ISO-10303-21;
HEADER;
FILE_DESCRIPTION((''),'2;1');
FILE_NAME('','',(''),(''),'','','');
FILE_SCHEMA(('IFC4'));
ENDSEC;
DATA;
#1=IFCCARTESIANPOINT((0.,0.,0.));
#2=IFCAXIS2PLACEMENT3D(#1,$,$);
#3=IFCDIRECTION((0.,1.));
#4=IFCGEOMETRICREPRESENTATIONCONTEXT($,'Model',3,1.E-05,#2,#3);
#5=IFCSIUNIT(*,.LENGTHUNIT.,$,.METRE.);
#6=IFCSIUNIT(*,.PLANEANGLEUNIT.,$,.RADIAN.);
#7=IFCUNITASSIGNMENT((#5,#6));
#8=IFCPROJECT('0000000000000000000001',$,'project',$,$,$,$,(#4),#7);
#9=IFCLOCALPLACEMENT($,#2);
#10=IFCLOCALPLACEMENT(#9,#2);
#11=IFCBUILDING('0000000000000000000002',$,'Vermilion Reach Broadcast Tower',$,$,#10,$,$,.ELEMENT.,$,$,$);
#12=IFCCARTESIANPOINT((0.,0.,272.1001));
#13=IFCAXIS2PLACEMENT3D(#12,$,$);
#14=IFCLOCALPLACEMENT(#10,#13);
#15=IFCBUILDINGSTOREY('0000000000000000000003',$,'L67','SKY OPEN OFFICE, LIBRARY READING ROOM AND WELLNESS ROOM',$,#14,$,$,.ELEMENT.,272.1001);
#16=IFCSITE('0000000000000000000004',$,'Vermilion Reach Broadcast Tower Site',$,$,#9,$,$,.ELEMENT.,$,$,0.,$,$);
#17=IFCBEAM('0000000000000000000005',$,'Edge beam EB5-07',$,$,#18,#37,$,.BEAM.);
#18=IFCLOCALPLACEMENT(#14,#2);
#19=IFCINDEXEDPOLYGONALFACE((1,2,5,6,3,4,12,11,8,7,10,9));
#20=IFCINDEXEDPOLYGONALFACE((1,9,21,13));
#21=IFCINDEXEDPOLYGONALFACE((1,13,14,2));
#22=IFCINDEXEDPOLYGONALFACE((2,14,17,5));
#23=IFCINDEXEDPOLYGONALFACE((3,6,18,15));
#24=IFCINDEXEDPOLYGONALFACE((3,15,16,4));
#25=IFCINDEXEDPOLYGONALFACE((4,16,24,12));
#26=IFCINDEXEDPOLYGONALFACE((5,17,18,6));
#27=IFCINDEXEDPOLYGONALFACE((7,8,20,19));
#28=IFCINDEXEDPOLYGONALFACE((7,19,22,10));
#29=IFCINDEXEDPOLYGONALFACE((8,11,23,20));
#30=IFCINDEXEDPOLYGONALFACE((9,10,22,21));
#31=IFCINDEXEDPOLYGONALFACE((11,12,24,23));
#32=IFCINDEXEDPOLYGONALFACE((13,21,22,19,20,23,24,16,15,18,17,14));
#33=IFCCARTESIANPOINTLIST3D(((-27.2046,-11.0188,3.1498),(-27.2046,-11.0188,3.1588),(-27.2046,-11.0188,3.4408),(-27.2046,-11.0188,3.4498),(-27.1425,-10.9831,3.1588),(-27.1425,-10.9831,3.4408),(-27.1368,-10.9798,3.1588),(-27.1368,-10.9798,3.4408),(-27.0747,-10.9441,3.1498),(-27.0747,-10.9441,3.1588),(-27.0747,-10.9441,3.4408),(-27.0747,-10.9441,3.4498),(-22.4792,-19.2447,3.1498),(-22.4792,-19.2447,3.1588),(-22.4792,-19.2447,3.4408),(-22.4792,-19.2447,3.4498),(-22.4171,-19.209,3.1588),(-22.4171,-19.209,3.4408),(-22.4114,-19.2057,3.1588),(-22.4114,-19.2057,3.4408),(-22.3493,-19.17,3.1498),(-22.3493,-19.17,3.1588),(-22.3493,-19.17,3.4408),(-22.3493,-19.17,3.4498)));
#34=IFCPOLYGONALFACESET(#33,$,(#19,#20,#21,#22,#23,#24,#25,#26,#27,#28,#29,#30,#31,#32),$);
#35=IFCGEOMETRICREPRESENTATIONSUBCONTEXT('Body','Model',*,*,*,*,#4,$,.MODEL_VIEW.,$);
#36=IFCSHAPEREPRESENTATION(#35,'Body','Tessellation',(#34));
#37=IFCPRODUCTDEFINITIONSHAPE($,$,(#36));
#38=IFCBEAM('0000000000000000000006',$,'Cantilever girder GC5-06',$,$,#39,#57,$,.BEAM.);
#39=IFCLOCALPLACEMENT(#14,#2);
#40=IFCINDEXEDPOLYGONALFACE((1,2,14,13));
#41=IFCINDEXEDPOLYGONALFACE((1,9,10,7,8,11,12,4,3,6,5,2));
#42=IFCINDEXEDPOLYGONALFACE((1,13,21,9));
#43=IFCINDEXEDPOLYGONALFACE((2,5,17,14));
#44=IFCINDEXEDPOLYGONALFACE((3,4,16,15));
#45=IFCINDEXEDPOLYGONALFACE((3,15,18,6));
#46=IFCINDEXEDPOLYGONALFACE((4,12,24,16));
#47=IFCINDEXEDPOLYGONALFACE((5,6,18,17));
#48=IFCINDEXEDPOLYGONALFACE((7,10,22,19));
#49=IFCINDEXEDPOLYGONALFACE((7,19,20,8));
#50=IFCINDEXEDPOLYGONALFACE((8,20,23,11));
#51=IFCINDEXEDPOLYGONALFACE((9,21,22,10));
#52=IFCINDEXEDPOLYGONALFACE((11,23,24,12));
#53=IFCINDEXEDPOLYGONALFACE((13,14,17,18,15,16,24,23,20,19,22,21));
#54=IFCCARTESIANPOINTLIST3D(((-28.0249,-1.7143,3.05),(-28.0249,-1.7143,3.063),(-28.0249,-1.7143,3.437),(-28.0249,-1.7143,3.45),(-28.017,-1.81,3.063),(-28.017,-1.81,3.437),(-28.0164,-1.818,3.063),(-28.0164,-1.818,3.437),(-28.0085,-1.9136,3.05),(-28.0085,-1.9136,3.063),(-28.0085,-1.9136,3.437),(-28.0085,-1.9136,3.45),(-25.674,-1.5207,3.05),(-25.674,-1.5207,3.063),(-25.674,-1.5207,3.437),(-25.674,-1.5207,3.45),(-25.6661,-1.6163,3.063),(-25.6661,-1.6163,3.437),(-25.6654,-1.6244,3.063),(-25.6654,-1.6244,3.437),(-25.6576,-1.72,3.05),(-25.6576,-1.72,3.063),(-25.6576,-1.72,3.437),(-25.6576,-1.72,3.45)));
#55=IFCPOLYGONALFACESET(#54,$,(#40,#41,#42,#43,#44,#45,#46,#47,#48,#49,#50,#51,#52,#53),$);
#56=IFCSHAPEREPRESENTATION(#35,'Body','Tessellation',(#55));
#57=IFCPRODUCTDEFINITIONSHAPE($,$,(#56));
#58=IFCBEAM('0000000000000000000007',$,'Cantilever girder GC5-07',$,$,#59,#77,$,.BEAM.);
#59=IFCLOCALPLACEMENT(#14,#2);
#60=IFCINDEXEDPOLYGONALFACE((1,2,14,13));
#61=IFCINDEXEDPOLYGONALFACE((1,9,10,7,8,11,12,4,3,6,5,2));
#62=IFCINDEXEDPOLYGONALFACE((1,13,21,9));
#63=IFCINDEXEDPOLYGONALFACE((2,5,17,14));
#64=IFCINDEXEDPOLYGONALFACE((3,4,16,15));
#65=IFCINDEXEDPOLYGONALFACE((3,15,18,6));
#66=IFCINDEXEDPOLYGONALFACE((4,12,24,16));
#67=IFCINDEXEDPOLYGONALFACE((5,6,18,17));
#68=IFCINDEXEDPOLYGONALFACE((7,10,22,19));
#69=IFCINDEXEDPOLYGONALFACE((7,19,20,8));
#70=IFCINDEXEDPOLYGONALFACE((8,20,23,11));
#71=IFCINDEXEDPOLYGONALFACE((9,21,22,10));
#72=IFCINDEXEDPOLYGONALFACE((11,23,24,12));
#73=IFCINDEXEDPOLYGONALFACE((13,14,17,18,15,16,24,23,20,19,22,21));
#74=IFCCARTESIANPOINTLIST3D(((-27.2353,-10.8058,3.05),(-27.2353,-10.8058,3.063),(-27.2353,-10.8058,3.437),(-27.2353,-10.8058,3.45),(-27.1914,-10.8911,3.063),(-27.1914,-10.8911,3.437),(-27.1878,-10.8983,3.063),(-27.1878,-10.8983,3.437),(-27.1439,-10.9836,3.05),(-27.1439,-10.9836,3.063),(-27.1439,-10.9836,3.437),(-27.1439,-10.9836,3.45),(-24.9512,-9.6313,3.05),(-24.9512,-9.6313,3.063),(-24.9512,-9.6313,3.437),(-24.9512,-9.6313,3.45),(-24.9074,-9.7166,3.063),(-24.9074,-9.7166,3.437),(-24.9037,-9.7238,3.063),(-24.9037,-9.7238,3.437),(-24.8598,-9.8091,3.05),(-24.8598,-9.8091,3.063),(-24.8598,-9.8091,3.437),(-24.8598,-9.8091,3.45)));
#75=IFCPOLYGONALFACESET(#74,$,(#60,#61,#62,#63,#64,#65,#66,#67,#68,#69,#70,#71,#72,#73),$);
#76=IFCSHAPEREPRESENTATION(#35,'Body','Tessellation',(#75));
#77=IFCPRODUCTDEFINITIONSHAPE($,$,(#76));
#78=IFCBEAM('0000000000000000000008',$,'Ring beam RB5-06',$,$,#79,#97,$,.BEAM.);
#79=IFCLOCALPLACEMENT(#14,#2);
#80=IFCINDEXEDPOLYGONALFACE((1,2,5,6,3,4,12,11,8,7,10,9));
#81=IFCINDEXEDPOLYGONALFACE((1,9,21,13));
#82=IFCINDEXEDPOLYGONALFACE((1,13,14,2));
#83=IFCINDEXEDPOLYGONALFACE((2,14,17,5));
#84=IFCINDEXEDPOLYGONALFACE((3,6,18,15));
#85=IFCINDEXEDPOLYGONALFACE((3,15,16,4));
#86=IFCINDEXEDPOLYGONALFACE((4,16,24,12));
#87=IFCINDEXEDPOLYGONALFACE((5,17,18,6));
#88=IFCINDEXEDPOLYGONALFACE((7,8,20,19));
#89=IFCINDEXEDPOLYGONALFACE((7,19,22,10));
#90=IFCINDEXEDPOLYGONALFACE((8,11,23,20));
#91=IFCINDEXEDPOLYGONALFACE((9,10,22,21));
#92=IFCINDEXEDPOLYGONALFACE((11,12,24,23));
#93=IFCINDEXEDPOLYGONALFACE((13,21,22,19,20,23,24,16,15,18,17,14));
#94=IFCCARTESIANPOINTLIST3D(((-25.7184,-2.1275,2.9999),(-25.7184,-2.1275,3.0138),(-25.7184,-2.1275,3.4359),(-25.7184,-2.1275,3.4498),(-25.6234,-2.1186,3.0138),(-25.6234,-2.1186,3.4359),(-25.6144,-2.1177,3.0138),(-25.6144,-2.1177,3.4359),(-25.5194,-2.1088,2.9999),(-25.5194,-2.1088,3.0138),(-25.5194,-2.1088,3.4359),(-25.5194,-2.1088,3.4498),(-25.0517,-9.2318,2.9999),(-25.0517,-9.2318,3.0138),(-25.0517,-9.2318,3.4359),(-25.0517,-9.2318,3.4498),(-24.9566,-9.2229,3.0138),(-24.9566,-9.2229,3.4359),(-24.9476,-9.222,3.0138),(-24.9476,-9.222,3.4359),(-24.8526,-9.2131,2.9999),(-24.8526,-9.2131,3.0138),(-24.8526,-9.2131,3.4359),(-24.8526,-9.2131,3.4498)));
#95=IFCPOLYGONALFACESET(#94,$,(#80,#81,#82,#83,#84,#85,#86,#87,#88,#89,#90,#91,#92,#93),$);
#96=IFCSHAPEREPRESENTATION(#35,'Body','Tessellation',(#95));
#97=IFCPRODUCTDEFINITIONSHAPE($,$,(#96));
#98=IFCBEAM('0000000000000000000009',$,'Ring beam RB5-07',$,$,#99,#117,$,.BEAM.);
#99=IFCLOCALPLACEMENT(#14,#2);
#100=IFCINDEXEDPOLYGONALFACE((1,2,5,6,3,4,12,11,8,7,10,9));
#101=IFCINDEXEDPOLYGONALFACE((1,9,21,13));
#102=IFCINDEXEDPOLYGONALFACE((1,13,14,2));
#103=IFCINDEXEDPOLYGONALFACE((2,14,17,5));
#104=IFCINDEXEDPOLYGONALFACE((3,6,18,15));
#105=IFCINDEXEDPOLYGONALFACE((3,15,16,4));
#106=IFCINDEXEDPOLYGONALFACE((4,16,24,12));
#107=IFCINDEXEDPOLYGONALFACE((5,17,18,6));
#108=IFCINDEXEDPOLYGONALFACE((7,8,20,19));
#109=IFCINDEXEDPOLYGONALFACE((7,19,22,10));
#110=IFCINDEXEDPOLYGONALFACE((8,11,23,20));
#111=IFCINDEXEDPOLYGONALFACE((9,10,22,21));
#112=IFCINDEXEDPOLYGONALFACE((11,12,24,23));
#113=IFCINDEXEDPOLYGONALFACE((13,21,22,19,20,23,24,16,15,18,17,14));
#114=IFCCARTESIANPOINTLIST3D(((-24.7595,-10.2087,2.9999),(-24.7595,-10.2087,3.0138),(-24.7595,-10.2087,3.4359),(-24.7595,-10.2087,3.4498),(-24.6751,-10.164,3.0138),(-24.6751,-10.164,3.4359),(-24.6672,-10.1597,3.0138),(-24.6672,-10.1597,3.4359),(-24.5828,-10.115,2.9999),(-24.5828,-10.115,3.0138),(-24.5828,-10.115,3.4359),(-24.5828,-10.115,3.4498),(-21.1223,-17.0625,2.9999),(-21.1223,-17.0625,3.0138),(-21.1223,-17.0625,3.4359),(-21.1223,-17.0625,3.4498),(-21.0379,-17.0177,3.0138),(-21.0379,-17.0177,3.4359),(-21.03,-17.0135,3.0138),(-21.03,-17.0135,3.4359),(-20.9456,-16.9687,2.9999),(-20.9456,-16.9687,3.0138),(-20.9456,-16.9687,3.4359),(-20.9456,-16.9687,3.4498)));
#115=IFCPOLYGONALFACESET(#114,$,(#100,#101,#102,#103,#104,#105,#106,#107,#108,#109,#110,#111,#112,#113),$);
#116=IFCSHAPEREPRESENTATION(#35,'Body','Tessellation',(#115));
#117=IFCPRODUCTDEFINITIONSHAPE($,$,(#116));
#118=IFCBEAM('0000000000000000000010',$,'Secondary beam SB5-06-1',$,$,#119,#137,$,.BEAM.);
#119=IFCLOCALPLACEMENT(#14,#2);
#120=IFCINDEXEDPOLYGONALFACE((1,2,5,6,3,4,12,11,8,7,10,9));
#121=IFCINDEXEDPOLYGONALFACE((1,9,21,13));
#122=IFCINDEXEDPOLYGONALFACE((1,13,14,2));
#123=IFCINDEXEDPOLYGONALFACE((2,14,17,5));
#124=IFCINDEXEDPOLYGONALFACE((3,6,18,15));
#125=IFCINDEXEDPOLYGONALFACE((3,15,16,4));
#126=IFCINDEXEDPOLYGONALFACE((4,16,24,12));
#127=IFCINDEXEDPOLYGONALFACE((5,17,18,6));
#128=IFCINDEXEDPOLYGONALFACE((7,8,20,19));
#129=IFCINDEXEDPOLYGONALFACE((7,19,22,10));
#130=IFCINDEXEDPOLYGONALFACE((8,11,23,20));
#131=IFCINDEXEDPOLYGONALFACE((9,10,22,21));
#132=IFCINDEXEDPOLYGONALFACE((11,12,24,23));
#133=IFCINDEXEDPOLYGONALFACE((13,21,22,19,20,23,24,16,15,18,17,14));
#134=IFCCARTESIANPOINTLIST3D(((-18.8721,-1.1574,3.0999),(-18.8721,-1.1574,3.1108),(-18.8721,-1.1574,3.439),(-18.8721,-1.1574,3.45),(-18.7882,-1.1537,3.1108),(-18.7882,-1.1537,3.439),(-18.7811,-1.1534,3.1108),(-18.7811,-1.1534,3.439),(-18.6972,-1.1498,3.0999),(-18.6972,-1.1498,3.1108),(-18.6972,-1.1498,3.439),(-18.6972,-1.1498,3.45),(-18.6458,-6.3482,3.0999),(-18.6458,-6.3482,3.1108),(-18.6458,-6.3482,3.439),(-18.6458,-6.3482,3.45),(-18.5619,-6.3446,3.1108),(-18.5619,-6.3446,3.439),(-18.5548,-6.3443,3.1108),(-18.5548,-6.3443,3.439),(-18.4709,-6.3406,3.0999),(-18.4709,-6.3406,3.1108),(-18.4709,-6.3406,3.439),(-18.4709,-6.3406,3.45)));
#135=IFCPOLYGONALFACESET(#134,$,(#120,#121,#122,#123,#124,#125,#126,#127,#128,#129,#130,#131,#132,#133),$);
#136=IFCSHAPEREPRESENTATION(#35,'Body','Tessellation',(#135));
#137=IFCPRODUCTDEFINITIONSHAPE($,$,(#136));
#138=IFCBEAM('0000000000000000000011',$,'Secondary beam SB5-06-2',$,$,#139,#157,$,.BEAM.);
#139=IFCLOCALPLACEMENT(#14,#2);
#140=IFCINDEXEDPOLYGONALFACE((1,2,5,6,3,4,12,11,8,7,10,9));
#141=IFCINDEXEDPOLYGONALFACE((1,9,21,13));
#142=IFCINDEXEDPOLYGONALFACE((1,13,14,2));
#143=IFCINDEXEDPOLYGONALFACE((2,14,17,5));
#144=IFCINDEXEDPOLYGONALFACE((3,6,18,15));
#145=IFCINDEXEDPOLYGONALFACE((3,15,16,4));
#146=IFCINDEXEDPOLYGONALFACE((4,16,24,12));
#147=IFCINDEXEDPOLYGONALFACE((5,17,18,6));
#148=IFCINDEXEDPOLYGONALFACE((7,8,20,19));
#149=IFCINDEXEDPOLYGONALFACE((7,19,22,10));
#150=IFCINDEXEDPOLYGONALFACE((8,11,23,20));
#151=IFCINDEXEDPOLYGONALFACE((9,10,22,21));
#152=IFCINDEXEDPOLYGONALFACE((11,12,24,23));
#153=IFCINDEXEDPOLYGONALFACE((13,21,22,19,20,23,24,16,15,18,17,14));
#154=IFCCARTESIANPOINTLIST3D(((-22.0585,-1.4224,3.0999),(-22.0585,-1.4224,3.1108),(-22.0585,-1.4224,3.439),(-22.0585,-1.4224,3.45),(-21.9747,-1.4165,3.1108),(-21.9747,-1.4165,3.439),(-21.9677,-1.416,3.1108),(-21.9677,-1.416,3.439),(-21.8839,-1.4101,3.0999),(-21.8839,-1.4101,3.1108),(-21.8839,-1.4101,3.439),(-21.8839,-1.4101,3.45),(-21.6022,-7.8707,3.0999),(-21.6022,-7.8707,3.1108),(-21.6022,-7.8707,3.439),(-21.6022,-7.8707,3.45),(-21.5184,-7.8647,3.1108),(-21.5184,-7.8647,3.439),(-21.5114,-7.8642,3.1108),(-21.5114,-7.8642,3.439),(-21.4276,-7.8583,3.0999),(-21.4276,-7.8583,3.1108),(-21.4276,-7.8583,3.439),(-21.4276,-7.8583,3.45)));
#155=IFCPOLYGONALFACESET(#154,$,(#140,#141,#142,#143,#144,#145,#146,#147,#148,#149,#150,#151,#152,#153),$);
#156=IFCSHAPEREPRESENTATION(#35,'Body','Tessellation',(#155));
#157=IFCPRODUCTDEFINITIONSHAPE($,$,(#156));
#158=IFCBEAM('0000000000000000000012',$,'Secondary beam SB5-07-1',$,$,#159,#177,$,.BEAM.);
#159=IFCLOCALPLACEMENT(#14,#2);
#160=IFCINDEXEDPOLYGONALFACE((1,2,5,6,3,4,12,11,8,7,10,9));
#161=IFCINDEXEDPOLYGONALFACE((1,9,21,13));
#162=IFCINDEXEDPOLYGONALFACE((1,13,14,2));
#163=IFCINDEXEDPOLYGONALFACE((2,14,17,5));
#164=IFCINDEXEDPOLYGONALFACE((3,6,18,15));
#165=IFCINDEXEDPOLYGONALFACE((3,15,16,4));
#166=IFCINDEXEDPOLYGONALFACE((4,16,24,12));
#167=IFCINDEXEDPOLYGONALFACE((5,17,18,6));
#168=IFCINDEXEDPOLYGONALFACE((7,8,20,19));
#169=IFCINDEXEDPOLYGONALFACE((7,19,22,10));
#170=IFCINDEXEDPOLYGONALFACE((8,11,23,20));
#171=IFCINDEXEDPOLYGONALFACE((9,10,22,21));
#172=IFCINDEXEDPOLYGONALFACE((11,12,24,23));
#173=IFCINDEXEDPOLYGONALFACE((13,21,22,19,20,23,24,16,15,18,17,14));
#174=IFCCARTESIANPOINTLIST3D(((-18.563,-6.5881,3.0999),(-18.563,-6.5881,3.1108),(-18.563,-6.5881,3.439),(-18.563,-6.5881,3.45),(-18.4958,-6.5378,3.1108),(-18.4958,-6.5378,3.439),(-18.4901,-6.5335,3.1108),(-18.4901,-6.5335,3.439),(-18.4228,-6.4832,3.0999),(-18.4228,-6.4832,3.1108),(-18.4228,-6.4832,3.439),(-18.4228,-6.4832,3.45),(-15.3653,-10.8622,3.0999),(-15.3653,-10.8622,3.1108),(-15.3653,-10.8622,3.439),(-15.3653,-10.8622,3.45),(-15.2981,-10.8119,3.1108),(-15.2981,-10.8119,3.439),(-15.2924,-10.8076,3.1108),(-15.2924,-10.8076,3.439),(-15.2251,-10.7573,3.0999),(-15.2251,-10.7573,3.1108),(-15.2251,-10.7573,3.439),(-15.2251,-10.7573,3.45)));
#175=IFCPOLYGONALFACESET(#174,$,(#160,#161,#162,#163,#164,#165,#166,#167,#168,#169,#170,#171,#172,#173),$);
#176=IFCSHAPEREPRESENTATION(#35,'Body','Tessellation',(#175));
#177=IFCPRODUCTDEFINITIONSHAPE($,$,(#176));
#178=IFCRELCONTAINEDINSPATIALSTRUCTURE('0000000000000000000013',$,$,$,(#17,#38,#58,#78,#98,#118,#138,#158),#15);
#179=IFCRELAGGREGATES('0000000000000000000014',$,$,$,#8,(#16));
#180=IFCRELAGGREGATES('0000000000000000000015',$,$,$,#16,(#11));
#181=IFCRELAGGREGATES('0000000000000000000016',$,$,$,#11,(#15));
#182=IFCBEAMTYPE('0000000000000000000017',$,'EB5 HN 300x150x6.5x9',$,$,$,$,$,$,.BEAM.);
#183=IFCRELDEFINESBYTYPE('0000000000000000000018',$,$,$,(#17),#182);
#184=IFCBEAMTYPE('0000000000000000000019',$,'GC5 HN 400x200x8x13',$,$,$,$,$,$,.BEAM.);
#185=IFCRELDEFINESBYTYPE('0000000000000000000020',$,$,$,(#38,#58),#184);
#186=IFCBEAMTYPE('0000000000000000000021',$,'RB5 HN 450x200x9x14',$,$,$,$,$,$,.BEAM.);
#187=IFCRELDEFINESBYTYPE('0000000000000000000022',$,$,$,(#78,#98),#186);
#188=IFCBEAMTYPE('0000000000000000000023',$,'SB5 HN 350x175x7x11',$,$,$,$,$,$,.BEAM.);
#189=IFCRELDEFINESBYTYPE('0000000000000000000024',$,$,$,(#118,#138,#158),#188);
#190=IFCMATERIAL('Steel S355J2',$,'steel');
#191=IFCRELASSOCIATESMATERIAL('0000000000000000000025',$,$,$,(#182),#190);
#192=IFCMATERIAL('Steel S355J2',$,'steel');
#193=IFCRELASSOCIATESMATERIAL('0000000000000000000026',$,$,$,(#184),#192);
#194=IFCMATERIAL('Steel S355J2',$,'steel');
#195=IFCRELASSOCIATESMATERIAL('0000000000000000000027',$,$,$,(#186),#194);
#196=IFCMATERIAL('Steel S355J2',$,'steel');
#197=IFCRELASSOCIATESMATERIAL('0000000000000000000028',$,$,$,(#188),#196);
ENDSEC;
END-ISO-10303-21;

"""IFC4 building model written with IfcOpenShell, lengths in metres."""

from ifc_helpers import new_model, si_unit, direction, frame, origin, origin_2d, place, context, subcontext, project, spatial, i_section, extrude, material, material_profile, profile_set, type_object, element, save


model = new_model("IFC4")

# Units and contexts
model_context = context("Model", 3, precision=1e-05, world=origin(), true_north=direction((0.0, 1.0)))
body_context = subcontext(model_context, "Body", "Model", "MODEL_VIEW")
ifc_project = project(units=[si_unit("LENGTHUNIT", "METRE"), si_unit("PLANEANGLEUNIT", "RADIAN")], contexts=[model_context])

# Site, building, storey
site_placement = place(None, origin())
site = spatial("IfcSite", under=ifc_project, at=site_placement, Name="Vermilion Reach Broadcast Tower Site", CompositionType="ELEMENT", RefElevation=0.0)
building_placement = place(site_placement, origin())
building = spatial("IfcBuilding", under=site, at=building_placement, Name="Vermilion Reach Broadcast Tower", CompositionType="ELEMENT")
storey_placement = place(building_placement, frame((0.0, 0.0, 272.1001)))
storey = spatial("IfcBuildingStorey", under=building, at=storey_placement, Name="L67", Description="SKY OPEN OFFICE, LIBRARY READING ROOM AND WELLNESS ROOM", CompositionType="ELEMENT", Elevation=272.1001)

# Beams
ifc_material_1 = material(Name="Steel S355J2", Category="steel")
ifc_material_profile_1 = material_profile(ifc_material_1, i_section(OverallWidth=0.1499, OverallDepth=0.3, WebThickness=0.0066, FlangeThickness=0.009, at=origin_2d()), Name="S355J2 HN 300x150x6.5x9")
ifc_profile_set_1 = profile_set([ifc_material_profile_1], Name="Steel S355J2")
beam_type_1 = type_object("IfcBeamType", Name="EB5 HN 300x150x6.5x9", PredefinedType="BEAM", material=ifc_profile_set_1)
beam_1_placement = place(storey_placement, frame((-27.1396, -10.9814, 3.2998), z_axis=(0.498114, -0.867112, 0.0), x_axis=(0.867112, 0.498114, 0.0)))
element("IfcBeam", 1, at=beam_1_placement, inside=storey, type_object=beam_type_1, Name="Edge beam EB5-07", PredefinedType="BEAM", context=body_context, shape_type="SweptSolid", body=[
    extrude(i_section(OverallWidth=0.1499, OverallDepth=0.3, WebThickness=0.0066, FlangeThickness=0.009, at=origin_2d()), origin(), (0.0, 0.0, 1.0), 9.4866),
])
ifc_material_2 = material(Name="Steel S355J2", Category="steel")
ifc_material_profile_2 = material_profile(ifc_material_2, i_section(OverallWidth=0.2, OverallDepth=0.3999, WebThickness=0.0081, FlangeThickness=0.0129, at=origin_2d()), Name="S355J2 HN 400x200x8x13")
ifc_profile_set_2 = profile_set([ifc_material_profile_2], Name="Steel S355J2")
beam_type_2 = type_object("IfcBeamType", Name="GC5 HN 400x200x8x13", PredefinedType="BEAM", material=ifc_profile_set_2)
beam_2_placement = place(storey_placement, frame((-25.6658, -1.6204, 3.25), z_axis=(-0.996626, -0.082078, 0.0), x_axis=(0.082078, -0.996626, 0.0)))
element("IfcBeam", 2, at=beam_2_placement, inside=storey, type_object=beam_type_2, Name="Cantilever girder GC5-06", PredefinedType="BEAM", context=body_context, shape_type="SweptSolid", body=[
    extrude(i_section(OverallWidth=0.2, OverallDepth=0.3999, WebThickness=0.0081, FlangeThickness=0.0129, at=origin_2d()), origin(), (0.0, 0.0, 1.0), 2.3589),
])
beam_3_placement = place(storey_placement, frame((-24.9055, -9.7202, 3.25), z_axis=(-0.889313, -0.457299, 0.0), x_axis=(0.457299, -0.889313, 0.0)))
element("IfcBeam", 3, at=beam_3_placement, inside=storey, type_object=beam_type_2, Name="Cantilever girder GC5-07", PredefinedType="BEAM", context=body_context, shape_type="SweptSolid", body=[
    extrude(i_section(OverallWidth=0.2, OverallDepth=0.3999, WebThickness=0.0081, FlangeThickness=0.0129, at=origin_2d()), origin(), (0.0, 0.0, 1.0), 2.5684),
])
ifc_material_3 = material(Name="Steel S355J2", Category="steel")
ifc_material_profile_3 = material_profile(ifc_material_3, i_section(OverallWidth=0.2, OverallDepth=0.45, WebThickness=0.009, FlangeThickness=0.0139, at=origin_2d()), Name="S355J2 HN 450x200x9x14")
ifc_profile_set_3 = profile_set([ifc_material_profile_3], Name="Steel S355J2")
beam_type_3 = type_object("IfcBeamType", Name="RB5 HN 450x200x9x14", PredefinedType="BEAM", material=ifc_profile_set_3)
beam_4_placement = place(storey_placement, frame((-25.6189, -2.1182, 3.2249), z_axis=(0.093441, -0.995625, 0.0), x_axis=(0.995625, 0.093441, 0.0)))
element("IfcBeam", 4, at=beam_4_placement, inside=storey, type_object=beam_type_3, Name="Ring beam RB5-06", PredefinedType="BEAM", context=body_context, shape_type="SweptSolid", body=[
    extrude(i_section(OverallWidth=0.2, OverallDepth=0.45, WebThickness=0.009, FlangeThickness=0.0139, at=origin_2d()), origin(), (0.0, 0.0, 1.0), 7.1355),
])
beam_5_placement = place(storey_placement, frame((-24.6711, -10.1619, 3.2249), z_axis=(0.468768, -0.883321, 0.0), x_axis=(0.883321, 0.468768, 0.0)))
element("IfcBeam", 5, at=beam_5_placement, inside=storey, type_object=beam_type_3, Name="Ring beam RB5-07", PredefinedType="BEAM", context=body_context, shape_type="SweptSolid", body=[
    extrude(i_section(OverallWidth=0.2, OverallDepth=0.45, WebThickness=0.009, FlangeThickness=0.0139, at=origin_2d()), origin(), (0.0, 0.0, 1.0), 7.759),
])
ifc_material_4 = material(Name="Steel S355J2", Category="steel")
ifc_material_profile_4 = material_profile(ifc_material_4, i_section(OverallWidth=0.175, OverallDepth=0.3501, WebThickness=0.0071, FlangeThickness=0.011, at=origin_2d()), Name="S355J2 HN 350x175x7x11")
ifc_profile_set_4 = profile_set([ifc_material_profile_4], Name="Steel S355J2")
beam_type_4 = type_object("IfcBeamType", Name="SB5 HN 350x175x7x11", PredefinedType="BEAM", material=ifc_profile_set_4)
beam_6_placement = place(storey_placement, frame((-18.7847, -1.1536, 3.2749), z_axis=(0.043558, -0.999051, 0.0), x_axis=(0.999051, 0.043558, 0.0)))
element("IfcBeam", 6, at=beam_6_placement, inside=storey, type_object=beam_type_4, Name="Secondary beam SB5-06-1", PredefinedType="BEAM", context=body_context, shape_type="SweptSolid", body=[
    extrude(i_section(OverallWidth=0.175, OverallDepth=0.3501, WebThickness=0.0071, FlangeThickness=0.011, at=origin_2d()), origin(), (0.0, 0.0, 1.0), 5.1958),
])
beam_7_placement = place(storey_placement, frame((-21.9712, -1.4163, 3.2749), z_axis=(0.070587, -0.997506, 0.0), x_axis=(0.997506, 0.070587, 0.0)))
element("IfcBeam", 7, at=beam_7_placement, inside=storey, type_object=beam_type_4, Name="Secondary beam SB5-06-2", PredefinedType="BEAM", context=body_context, shape_type="SweptSolid", body=[
    extrude(i_section(OverallWidth=0.175, OverallDepth=0.3501, WebThickness=0.0071, FlangeThickness=0.011, at=origin_2d()), origin(), (0.0, 0.0, 1.0), 6.4644),
])
beam_8_placement = place(storey_placement, frame((-18.4929, -6.5356, 3.2749), z_axis=(0.599056, -0.800707, 0.0), x_axis=(0.800707, 0.599056, 0.0)))
element("IfcBeam", 8, at=beam_8_placement, inside=storey, type_object=beam_type_4, Name="Secondary beam SB5-07-1", PredefinedType="BEAM", context=body_context, shape_type="SweptSolid", body=[
    extrude(i_section(OverallWidth=0.175, OverallDepth=0.3501, WebThickness=0.0071, FlangeThickness=0.011, at=origin_2d()), origin(), (0.0, 0.0, 1.0), 5.3379),
])

save(model, "model.ifc")
